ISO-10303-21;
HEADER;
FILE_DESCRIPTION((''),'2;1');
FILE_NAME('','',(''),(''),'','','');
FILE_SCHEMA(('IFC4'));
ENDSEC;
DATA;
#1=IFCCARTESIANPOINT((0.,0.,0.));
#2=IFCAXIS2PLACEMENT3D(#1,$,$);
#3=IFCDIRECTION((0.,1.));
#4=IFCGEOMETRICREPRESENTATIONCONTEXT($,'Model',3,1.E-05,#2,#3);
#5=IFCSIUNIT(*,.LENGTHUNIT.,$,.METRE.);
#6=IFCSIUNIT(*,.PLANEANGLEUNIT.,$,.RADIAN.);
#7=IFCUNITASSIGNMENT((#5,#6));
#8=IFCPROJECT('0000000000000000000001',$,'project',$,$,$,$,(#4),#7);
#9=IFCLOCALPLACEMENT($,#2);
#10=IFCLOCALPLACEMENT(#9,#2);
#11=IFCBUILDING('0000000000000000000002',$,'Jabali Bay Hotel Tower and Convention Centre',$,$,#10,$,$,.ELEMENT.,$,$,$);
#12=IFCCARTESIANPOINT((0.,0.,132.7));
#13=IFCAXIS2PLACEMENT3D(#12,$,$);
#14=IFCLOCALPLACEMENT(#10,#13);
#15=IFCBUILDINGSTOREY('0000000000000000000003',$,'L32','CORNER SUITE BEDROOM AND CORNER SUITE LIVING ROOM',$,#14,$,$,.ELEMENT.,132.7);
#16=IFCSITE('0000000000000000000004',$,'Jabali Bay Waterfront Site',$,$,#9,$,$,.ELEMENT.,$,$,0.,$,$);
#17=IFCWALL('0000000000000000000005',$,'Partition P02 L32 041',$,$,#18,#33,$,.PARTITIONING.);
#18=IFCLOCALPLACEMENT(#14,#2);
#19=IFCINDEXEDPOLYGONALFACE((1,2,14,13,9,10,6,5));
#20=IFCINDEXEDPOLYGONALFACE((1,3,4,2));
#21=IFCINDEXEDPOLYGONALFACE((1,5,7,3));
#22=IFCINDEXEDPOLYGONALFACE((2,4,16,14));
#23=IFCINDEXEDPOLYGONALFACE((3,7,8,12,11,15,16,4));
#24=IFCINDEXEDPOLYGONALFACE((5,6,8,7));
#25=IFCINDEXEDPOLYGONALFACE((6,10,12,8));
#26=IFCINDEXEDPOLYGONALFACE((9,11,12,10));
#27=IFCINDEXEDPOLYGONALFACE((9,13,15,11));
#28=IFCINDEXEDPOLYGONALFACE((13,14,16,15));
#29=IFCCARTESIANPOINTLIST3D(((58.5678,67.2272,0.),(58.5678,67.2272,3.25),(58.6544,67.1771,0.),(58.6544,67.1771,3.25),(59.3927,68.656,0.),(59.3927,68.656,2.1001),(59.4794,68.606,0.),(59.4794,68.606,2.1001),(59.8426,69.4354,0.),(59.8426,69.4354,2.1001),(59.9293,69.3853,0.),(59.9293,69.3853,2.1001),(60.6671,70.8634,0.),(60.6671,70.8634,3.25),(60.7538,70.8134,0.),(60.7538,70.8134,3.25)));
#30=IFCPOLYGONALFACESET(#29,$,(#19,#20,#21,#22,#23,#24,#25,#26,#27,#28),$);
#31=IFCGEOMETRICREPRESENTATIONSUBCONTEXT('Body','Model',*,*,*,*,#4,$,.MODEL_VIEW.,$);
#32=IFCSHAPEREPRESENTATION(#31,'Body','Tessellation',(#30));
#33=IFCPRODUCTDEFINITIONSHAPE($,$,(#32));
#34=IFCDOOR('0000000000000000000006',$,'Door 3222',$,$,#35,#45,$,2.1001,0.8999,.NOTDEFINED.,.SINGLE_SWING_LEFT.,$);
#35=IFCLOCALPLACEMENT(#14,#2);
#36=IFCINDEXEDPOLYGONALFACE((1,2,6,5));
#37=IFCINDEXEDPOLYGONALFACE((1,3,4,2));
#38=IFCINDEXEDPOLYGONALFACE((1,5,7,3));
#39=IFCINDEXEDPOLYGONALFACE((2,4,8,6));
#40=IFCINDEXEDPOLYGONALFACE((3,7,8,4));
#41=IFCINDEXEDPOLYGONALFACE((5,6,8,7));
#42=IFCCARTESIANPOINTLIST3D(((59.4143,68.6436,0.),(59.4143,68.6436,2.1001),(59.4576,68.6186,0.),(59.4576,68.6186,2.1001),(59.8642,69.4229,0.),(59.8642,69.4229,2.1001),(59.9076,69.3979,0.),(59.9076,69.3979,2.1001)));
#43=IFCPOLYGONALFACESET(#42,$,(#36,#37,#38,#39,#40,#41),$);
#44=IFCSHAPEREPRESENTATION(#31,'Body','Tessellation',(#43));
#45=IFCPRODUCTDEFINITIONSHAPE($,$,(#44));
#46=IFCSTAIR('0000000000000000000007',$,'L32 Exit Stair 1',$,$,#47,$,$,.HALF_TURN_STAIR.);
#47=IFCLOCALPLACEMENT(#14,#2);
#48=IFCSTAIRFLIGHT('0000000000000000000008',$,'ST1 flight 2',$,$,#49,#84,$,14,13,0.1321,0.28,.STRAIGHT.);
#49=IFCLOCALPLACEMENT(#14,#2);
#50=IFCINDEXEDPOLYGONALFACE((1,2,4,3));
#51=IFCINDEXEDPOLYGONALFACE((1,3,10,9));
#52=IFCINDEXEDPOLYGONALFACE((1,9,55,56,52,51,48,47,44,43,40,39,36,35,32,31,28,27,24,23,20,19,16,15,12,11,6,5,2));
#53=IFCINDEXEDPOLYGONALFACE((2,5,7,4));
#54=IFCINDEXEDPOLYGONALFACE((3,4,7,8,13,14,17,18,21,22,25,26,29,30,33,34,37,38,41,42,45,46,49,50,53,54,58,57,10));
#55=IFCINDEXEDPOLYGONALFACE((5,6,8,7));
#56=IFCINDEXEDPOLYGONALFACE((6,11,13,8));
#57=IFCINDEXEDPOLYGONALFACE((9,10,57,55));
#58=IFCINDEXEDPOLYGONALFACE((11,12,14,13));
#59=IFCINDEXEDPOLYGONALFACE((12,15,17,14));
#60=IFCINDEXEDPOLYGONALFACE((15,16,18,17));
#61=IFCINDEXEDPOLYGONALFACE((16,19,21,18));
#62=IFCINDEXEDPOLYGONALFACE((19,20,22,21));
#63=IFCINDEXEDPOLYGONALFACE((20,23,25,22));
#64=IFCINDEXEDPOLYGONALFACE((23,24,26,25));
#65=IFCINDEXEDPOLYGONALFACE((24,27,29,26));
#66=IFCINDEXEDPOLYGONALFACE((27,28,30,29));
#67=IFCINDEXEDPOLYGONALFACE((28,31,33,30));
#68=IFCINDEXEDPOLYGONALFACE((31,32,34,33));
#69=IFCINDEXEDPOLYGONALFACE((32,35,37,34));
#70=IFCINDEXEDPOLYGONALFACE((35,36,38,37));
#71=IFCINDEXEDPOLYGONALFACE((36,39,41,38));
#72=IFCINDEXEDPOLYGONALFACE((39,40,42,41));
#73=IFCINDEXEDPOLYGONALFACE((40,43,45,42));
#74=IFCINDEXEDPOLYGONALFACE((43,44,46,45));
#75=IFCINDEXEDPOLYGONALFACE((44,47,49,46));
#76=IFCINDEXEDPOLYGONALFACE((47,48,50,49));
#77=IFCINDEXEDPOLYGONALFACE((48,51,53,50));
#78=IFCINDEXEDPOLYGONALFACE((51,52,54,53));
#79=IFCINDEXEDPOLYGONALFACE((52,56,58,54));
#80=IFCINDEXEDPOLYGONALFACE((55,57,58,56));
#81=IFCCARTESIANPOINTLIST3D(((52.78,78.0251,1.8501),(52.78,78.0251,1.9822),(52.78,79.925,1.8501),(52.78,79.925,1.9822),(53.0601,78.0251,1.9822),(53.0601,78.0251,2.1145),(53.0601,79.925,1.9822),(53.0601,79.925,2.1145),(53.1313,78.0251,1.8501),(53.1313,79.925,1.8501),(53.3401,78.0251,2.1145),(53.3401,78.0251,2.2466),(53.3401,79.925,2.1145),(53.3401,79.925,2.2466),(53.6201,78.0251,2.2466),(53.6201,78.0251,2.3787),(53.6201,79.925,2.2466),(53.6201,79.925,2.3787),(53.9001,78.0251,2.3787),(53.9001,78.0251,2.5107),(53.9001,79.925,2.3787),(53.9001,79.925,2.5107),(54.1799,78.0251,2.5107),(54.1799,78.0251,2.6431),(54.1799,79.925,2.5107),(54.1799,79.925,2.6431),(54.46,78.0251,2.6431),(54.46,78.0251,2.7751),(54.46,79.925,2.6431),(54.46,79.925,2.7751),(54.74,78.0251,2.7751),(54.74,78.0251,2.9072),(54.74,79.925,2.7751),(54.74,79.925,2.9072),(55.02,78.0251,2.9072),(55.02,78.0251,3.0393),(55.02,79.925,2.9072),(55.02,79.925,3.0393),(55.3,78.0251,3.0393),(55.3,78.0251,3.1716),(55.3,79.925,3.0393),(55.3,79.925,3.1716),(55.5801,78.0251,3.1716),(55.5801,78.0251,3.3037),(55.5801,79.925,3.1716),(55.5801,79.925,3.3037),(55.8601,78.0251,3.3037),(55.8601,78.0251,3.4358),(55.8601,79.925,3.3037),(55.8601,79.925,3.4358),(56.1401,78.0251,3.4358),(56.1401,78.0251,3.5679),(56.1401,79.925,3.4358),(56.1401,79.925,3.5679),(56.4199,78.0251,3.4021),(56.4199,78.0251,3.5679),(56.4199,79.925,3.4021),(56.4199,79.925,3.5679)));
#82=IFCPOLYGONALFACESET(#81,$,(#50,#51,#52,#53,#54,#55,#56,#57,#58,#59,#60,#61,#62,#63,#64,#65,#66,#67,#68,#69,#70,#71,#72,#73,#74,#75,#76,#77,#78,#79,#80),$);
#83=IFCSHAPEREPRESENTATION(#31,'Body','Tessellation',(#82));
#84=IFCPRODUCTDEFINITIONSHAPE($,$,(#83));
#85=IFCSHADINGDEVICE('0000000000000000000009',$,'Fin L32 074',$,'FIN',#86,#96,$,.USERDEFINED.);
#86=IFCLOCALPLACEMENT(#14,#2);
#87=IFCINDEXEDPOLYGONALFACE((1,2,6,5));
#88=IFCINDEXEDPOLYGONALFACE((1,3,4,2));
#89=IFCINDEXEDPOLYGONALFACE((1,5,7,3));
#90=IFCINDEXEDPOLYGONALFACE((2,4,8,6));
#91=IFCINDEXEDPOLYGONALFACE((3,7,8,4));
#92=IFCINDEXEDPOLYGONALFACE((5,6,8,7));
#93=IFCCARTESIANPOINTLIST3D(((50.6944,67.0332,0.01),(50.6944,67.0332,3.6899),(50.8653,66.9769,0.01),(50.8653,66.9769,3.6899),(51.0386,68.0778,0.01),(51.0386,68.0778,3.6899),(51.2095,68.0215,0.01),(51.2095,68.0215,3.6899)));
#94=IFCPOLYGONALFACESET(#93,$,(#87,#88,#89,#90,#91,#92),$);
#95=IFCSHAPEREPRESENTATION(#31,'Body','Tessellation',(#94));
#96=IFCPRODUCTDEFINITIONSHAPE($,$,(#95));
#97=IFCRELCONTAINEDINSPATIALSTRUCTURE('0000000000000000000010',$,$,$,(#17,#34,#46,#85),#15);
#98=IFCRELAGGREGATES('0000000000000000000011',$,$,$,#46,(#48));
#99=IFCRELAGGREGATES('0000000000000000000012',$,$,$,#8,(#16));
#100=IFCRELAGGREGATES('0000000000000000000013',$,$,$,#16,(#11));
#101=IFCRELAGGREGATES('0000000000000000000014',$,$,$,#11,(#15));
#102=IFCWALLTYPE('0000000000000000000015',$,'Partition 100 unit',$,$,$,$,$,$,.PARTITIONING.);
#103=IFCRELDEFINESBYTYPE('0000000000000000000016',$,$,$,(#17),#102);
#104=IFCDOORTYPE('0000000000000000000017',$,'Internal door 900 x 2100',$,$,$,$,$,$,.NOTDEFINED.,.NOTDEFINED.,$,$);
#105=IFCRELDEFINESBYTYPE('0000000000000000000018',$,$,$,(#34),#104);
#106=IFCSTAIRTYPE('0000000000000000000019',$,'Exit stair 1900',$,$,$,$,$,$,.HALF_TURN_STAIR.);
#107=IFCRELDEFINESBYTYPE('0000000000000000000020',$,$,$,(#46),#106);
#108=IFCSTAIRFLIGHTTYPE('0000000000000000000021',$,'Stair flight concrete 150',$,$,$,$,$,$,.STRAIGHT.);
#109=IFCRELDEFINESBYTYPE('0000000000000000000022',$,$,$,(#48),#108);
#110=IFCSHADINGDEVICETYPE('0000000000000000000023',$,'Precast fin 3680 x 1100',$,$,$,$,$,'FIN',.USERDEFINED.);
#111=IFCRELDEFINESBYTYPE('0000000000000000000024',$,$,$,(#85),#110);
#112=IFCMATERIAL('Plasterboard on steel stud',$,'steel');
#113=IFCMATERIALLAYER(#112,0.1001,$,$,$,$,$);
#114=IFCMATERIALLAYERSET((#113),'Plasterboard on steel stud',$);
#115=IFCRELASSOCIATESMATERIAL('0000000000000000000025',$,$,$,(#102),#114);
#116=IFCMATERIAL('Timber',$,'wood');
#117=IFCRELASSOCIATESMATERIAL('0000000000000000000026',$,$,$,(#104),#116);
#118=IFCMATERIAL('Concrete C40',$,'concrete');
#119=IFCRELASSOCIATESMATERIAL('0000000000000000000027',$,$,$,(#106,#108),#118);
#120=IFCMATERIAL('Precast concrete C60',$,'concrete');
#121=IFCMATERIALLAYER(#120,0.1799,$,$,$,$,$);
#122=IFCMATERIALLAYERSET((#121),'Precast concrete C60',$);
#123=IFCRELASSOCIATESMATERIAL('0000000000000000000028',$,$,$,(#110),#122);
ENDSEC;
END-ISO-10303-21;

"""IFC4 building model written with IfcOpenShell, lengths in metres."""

from ifc_helpers import new_model, si_unit, direction, frame, frame_2d, origin, place, context, subcontext, project, spatial, polyline, rectangle, outline, extrude, material, layer, layer_set, type_object, element, fill, aggregate, save


model = new_model("IFC4")

# Units and contexts
model_context = context("Model", 3, precision=1e-05, world=origin(), true_north=direction((0.0, 1.0)))
body_context = subcontext(model_context, "Body", "Model", "MODEL_VIEW")
ifc_project = project(units=[si_unit("LENGTHUNIT", "METRE"), si_unit("PLANEANGLEUNIT", "RADIAN")], contexts=[model_context])

# Site, building, storey
site_placement = place(None, origin())
site = spatial("IfcSite", under=ifc_project, at=site_placement, Name="Jabali Bay Waterfront Site", CompositionType="ELEMENT", RefElevation=0.0)
building_placement = place(site_placement, origin())
building = spatial("IfcBuilding", under=site, at=building_placement, Name="Jabali Bay Hotel Tower and Convention Centre", CompositionType="ELEMENT")
storey_placement = place(building_placement, frame((0.0, 0.0, 132.7)))
storey = spatial("IfcBuildingStorey", under=building, at=storey_placement, Name="L32", Description="CORNER SUITE BEDROOM AND CORNER SUITE LIVING ROOM", CompositionType="ELEMENT", Elevation=132.7)

# Shared definitions
ifc_material_1 = material(Name="Concrete C40", Category="concrete")

# Wall, opening, door
ifc_material_2 = material(Name="Plasterboard on steel stud", Category="steel")
ifc_layer_1 = layer(ifc_material_2, 0.1001)
ifc_layer_set_1 = layer_set([ifc_layer_1], Name="Plasterboard on steel stud")
wall_type_1 = type_object("IfcWallType", Name="Partition 100 unit", PredefinedType="PARTITIONING", material=ifc_layer_set_1)
wall_1_placement = place(storey_placement, frame((60.7104, 70.8384, 0.0), z_axis=(0.0, 0.0, 1.0), x_axis=(-0.499998, -0.866027, 0.0)))
wall_1 = element("IfcWall", 1, at=wall_1_placement, inside=storey, type_object=wall_type_1, Name="Partition P02 L32 041", PredefinedType="PARTITIONING", context=body_context, shape_type="SweptSolid", body=[
    extrude(rectangle(XDim=4.1987, YDim=0.1001, at=frame_2d((2.0994, 0.0))), origin(), (0.0, 0.0, 1.0), 3.25),
])
opening_1_placement = place(wall_1_placement, frame((1.6489, 0.0, 0.0)))
opening_1 = element("IfcOpeningElement", 2, at=opening_1_placement, cuts=wall_1, PredefinedType="OPENING", context=body_context, shape_type="SweptSolid", body=[
    extrude(rectangle(XDim=0.8999, YDim=2.1001, at=frame_2d((0.45, 1.05))), frame((0.0, 0.0605, 0.0), z_axis=(0.0, -1.0, 0.0), x_axis=(1.0, 0.0, 0.0)), (0.0, 0.0, 1.0), 0.1211),
])
ifc_material_3 = material(Name="Timber", Category="wood")
door_type_1 = type_object("IfcDoorType", Name="Internal door 900 x 2100", OperationType="NOTDEFINED", PredefinedType="NOTDEFINED", material=ifc_material_3)
door_1_placement = place(opening_1_placement, origin())
door_1 = element("IfcDoor", 3, at=door_1_placement, inside=storey, type_object=door_type_1, Name="Door 3222", OperationType="SINGLE_SWING_LEFT", OverallHeight=2.1001, OverallWidth=0.8999, PredefinedType="NOTDEFINED", context=body_context, shape_type="SweptSolid", body=[
    extrude(rectangle(XDim=0.8999, YDim=2.1001, at=frame_2d((0.45, 1.05))), frame((0.0, 0.0249, 0.0), z_axis=(0.0, -1.0, 0.0), x_axis=(1.0, 0.0, 0.0)), (0.0, 0.0, 1.0), 0.05),
])
fill(opening_1, door_1)

# Stair, stair flight
stair_type = type_object("IfcStairType", Name="Exit stair 1900", PredefinedType="HALF_TURN_STAIR", material=ifc_material_1)
stair_placement = place(storey_placement, origin())
stair = element("IfcStair", 4, at=stair_placement, inside=storey, type_object=stair_type, Name="L32 Exit Stair 1", PredefinedType="HALF_TURN_STAIR")
stair_flight_type = type_object("IfcStairFlightType", Name="Stair flight concrete 150", PredefinedType="STRAIGHT", material=ifc_material_1)
stair_flight_placement = place(storey_placement, frame((52.78, 78.9751, 1.8501), z_axis=(0.0, 0.0, 1.0), x_axis=(1.0, 0.0, 0.0)))
stair_flight = element("IfcStairFlight", 5, at=stair_flight_placement, type_object=stair_flight_type, Name="ST1 flight 2", NumberOfRisers=14, NumberOfTreads=13, PredefinedType="STRAIGHT", RiserHeight=0.1321, TreadLength=0.28, context=body_context, shape_type="SweptSolid", body=[
    extrude(outline(polyline([(0.0, 0.0), (0.0, 0.1321), (0.28, 0.1321), (0.28, 0.2644), (0.5601, 0.2644), (0.5601, 0.3965), (0.8401, 0.3965), (0.8401, 0.5286), (1.1201, 0.5286), (1.1201, 0.6606), (1.3999, 0.6606), (1.3999, 0.793), (1.6799, 0.793), (1.6799, 0.925), (1.96, 0.925), (1.96, 1.0571), (2.24, 1.0571), (2.24, 1.1892), (2.52, 1.1892), (2.52, 1.3215), (2.8, 1.3215), (2.8, 1.4536), (3.0801, 1.4536), (3.0801, 1.5857), (3.3601, 1.5857), (3.3601, 1.7178), (3.6399, 1.7178), (3.6399, 1.8501), (3.6399, 1.552), (0.3513, 0.0), (0.0, 0.0)])), frame((0.0, 0.95, 0.0), z_axis=(0.0, -1.0, 0.0), x_axis=(1.0, 0.0, 0.0)), (0.0, 0.0, 1.0), 1.8999),
])
aggregate(stair, [stair_flight])

# Shading device
ifc_material_4 = material(Name="Precast concrete C60", Category="concrete")
ifc_layer_2 = layer(ifc_material_4, 0.1799)
ifc_layer_set_2 = layer_set([ifc_layer_2], Name="Precast concrete C60")
shading_device_type = type_object("IfcShadingDeviceType", Name="Precast fin 3680 x 1100", ElementType="FIN", PredefinedType="USERDEFINED", material=ifc_layer_set_2)
shading_device_placement = place(storey_placement, frame((51.124, 68.0496, 0.01), z_axis=(0.0, 0.0, 1.0), x_axis=(-0.312963, -0.949765, 0.0)))
element("IfcShadingDevice", 6, at=shading_device_placement, inside=storey, type_object=shading_device_type, Name="Fin L32 074", ObjectType="FIN", PredefinedType="USERDEFINED", context=body_context, shape_type="SweptSolid", body=[
    extrude(rectangle(XDim=1.0999, YDim=0.1799, at=frame_2d((0.5498, 0.0))), origin(), (0.0, 0.0, 1.0), 3.6799),
])

save(model, "model.ifc")
